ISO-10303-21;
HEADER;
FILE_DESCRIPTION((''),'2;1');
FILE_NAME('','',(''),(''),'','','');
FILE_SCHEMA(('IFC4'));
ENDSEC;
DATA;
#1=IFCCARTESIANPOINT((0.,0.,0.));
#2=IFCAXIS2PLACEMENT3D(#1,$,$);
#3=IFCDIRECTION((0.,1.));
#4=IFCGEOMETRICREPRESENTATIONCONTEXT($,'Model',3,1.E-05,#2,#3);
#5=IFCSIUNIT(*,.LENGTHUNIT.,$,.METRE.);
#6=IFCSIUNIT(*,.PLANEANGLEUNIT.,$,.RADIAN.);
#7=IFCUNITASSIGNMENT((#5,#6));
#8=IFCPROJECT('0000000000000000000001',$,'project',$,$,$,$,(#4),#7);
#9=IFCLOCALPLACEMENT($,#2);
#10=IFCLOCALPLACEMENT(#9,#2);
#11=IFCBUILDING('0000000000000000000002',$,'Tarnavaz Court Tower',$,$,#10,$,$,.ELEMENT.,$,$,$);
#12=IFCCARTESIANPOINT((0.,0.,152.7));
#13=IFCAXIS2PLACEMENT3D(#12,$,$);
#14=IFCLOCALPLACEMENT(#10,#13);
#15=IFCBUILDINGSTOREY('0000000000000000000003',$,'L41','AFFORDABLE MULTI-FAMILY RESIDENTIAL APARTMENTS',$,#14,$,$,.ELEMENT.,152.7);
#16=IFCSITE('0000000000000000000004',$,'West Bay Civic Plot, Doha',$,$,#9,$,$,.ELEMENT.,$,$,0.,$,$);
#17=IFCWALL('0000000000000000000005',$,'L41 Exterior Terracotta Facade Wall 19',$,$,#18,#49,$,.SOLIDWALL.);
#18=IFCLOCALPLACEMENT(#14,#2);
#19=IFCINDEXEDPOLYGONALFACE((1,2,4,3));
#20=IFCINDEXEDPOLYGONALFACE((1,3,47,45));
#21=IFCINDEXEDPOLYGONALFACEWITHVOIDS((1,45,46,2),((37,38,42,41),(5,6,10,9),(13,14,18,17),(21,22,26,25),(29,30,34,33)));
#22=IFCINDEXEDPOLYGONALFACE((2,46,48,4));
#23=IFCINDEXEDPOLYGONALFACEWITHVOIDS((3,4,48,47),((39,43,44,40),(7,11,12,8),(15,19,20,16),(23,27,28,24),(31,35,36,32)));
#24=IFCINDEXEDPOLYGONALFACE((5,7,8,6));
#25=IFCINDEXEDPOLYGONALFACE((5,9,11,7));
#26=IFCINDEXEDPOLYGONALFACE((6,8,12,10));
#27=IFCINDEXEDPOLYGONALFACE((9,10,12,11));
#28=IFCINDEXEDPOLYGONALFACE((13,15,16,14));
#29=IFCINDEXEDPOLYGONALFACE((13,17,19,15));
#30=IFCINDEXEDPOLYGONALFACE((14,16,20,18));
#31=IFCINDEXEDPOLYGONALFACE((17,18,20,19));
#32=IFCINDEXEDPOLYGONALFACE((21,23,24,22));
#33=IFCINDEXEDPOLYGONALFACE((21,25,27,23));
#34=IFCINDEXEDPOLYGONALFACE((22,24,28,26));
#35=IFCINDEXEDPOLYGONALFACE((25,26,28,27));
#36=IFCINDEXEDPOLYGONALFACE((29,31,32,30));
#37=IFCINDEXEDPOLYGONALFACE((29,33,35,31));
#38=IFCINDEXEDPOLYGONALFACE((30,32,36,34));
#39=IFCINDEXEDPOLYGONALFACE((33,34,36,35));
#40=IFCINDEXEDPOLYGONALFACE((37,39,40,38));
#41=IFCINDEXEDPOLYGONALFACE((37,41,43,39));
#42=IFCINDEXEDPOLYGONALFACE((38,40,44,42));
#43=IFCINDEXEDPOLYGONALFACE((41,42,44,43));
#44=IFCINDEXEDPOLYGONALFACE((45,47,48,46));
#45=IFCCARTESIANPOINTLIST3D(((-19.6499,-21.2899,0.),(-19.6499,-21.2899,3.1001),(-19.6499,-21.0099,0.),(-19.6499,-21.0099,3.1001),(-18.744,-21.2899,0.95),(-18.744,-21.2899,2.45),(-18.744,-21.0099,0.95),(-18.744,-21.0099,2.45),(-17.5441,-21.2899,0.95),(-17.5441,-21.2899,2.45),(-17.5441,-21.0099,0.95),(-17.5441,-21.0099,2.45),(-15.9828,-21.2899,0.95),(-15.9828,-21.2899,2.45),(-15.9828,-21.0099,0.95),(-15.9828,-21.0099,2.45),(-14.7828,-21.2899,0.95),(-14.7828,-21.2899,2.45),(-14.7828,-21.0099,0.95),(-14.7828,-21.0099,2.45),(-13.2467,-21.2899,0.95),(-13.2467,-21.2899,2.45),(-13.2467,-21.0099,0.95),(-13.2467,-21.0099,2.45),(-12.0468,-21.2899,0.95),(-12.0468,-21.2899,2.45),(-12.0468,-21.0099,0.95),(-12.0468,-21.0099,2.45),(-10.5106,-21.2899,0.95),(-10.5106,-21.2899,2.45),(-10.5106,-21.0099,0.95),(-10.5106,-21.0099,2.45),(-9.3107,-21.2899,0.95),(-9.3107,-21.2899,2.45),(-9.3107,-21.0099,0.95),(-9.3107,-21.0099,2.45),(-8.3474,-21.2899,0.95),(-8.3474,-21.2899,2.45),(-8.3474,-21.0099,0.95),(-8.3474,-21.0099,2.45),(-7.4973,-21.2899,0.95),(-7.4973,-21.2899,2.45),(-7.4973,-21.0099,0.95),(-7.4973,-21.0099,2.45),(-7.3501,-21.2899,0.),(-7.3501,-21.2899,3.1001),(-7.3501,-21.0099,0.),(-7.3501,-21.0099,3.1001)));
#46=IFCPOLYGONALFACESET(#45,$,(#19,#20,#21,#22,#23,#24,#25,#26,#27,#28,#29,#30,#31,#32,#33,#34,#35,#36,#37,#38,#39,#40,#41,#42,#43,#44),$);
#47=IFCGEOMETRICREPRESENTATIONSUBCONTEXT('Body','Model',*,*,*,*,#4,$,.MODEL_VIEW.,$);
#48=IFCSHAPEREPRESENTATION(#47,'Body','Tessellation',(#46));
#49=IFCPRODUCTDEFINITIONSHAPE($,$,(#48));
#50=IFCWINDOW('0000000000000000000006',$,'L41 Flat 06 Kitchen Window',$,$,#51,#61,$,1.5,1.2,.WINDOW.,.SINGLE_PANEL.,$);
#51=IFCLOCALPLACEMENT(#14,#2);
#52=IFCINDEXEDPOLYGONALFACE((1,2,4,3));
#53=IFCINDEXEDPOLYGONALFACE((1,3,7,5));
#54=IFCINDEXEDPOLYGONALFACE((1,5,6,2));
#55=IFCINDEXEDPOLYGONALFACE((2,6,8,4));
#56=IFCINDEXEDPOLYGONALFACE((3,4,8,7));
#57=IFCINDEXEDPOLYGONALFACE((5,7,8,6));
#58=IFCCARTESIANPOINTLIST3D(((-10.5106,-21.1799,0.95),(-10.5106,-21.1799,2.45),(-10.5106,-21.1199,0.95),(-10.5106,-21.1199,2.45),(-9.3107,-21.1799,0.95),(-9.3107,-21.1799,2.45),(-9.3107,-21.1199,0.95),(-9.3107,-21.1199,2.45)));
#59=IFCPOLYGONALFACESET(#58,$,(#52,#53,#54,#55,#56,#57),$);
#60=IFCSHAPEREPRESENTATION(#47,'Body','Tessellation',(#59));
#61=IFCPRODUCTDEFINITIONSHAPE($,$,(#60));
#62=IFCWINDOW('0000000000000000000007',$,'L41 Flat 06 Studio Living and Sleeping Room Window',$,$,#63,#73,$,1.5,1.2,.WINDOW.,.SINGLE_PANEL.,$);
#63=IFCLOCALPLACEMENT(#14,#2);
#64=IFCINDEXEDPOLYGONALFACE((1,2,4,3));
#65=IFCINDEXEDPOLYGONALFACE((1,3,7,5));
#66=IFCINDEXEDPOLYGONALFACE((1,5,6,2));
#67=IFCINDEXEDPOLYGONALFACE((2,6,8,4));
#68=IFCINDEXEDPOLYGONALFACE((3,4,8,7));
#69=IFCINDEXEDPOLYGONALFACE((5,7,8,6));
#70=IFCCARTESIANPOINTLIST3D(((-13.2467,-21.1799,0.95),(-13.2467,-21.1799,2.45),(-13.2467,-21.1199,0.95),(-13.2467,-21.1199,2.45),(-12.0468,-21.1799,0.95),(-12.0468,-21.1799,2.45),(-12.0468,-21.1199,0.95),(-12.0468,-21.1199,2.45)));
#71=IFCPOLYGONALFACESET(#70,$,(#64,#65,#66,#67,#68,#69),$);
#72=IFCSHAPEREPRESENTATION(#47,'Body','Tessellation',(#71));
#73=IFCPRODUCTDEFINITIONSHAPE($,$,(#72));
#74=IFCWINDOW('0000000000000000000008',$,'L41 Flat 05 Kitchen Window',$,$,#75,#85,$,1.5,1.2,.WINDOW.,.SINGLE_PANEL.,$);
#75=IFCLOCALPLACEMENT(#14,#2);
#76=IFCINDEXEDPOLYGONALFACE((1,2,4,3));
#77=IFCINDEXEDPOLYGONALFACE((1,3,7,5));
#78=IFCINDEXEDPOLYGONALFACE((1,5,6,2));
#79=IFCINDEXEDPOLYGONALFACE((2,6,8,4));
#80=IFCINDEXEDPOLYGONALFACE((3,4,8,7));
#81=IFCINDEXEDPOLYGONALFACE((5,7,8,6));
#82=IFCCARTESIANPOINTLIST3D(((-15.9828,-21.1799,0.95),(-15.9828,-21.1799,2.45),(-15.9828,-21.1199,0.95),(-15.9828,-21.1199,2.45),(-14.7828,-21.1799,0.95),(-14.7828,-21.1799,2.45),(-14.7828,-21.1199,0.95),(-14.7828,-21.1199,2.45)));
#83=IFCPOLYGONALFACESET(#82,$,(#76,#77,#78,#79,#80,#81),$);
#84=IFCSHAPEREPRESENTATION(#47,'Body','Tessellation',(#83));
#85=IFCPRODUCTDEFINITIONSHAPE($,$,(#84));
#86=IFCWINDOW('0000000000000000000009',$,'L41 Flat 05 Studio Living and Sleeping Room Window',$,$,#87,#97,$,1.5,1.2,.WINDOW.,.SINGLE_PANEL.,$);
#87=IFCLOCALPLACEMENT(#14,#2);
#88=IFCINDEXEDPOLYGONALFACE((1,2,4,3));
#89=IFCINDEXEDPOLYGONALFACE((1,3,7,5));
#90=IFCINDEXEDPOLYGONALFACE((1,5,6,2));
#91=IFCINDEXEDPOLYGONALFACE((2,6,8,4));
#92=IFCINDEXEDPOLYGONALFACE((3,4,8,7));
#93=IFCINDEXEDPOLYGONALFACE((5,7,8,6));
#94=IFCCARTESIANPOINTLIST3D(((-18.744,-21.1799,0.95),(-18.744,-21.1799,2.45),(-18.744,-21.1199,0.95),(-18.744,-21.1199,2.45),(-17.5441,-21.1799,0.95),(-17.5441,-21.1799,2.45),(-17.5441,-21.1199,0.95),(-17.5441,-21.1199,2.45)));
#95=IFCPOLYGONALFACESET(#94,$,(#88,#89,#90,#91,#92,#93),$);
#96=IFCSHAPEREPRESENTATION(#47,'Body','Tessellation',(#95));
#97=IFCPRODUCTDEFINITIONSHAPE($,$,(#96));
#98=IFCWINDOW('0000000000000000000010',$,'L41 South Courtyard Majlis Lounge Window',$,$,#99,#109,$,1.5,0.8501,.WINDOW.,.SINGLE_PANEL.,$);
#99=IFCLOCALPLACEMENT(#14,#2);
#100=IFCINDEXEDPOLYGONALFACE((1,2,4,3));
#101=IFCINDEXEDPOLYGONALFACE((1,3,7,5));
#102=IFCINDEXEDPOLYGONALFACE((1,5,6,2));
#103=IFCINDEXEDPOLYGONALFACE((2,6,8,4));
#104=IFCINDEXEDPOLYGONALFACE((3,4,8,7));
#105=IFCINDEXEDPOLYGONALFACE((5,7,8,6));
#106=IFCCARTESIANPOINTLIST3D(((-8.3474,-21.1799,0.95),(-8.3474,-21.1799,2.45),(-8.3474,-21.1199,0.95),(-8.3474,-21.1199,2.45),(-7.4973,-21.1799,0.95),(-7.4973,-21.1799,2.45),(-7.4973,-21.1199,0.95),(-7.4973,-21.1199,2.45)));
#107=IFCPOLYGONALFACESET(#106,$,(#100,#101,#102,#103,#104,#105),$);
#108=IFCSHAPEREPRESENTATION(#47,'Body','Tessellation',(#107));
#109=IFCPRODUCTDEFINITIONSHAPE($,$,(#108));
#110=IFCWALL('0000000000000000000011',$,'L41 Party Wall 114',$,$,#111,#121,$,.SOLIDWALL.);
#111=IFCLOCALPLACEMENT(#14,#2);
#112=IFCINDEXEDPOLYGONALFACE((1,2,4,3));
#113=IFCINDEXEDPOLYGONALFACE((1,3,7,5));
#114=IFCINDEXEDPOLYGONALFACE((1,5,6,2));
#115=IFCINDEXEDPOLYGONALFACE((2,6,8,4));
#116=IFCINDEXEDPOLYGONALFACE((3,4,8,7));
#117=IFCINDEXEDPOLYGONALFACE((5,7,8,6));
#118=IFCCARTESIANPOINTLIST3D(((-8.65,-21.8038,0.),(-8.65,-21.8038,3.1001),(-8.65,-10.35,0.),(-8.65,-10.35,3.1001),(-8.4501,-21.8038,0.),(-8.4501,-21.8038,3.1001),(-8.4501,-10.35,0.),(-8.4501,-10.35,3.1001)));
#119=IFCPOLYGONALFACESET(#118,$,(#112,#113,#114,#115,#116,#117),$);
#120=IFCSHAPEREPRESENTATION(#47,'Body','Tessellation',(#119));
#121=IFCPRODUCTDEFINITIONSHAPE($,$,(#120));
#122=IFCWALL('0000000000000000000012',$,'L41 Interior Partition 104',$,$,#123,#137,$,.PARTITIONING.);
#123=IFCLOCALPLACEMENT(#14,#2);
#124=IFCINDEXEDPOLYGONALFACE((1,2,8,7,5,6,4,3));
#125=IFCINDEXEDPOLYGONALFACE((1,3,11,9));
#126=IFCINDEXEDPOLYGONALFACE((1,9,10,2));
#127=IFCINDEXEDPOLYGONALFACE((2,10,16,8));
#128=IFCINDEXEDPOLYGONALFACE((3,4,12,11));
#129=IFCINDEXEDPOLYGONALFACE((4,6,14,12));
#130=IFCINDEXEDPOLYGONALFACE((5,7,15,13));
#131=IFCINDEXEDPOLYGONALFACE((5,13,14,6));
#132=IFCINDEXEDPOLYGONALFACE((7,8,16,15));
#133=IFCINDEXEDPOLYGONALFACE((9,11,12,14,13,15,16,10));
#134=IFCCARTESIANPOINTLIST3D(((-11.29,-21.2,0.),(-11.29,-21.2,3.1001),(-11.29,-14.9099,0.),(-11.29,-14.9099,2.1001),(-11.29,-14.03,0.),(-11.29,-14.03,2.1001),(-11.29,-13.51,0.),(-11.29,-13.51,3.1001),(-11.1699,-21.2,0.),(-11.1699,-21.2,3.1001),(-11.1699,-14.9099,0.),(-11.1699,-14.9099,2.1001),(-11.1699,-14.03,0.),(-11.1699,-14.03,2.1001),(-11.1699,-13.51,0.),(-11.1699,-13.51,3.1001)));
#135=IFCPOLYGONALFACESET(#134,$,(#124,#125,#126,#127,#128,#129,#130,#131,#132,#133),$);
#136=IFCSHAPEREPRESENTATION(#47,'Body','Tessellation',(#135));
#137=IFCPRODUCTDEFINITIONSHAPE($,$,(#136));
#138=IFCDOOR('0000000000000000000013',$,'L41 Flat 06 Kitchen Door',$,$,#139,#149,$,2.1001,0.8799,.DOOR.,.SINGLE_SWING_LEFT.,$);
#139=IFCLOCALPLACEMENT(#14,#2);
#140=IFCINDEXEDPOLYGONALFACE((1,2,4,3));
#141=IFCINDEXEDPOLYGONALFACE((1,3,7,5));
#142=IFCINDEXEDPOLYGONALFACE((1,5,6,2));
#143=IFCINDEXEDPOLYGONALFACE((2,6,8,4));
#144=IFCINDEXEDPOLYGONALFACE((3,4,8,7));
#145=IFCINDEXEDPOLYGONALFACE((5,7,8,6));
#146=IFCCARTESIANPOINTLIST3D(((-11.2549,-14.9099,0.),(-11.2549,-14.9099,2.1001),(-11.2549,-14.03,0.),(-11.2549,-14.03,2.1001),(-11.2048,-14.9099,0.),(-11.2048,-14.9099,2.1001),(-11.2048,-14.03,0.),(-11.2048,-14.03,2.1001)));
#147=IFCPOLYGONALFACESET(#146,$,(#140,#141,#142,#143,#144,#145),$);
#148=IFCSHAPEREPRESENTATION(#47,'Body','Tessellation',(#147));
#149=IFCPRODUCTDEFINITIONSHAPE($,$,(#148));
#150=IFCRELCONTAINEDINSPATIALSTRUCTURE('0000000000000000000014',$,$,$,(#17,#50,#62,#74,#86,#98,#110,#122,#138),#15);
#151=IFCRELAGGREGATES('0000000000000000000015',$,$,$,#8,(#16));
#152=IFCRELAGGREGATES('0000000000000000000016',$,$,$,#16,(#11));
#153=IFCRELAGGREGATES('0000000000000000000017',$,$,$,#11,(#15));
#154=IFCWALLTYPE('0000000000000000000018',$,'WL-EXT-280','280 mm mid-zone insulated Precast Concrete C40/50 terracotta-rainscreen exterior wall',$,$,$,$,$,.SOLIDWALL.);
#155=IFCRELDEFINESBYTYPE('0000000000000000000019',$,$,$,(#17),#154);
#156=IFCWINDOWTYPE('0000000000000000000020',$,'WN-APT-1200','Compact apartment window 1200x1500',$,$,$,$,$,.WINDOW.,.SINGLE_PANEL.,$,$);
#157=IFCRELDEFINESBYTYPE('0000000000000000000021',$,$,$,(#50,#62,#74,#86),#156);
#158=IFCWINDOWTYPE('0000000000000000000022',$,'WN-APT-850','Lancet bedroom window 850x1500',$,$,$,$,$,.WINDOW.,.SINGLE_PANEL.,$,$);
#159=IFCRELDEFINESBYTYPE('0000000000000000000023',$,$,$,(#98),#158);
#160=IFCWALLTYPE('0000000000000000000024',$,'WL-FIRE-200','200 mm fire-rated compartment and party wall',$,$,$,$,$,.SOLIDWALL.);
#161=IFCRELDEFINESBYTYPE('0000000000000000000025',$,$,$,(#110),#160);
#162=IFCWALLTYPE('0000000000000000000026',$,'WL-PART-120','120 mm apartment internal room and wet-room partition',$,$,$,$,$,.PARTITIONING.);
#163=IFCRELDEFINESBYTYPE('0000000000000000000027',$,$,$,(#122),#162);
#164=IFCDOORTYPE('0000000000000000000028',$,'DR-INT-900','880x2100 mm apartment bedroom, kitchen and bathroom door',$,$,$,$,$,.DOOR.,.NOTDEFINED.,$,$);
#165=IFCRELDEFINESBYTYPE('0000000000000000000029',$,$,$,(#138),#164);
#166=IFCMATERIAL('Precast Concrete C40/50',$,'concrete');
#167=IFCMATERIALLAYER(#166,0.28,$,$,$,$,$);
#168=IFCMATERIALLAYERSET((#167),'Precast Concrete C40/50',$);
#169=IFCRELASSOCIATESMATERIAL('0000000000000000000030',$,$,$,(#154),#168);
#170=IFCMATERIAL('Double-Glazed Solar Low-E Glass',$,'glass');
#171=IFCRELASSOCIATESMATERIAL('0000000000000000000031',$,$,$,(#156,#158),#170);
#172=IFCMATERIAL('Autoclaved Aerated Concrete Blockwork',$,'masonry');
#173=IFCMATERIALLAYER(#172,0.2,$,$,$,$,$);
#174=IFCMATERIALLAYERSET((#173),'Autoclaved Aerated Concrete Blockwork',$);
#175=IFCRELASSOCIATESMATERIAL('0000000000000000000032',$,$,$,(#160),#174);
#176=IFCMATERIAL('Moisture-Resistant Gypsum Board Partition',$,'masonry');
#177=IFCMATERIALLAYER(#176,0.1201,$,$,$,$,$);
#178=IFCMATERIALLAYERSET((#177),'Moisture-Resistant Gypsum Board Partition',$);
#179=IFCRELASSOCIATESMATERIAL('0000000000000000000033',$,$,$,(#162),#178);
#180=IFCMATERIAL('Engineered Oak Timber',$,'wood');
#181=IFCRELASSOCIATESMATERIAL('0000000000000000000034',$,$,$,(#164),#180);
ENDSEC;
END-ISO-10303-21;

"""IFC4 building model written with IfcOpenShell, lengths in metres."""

from ifc_helpers import new_model, si_unit, direction, frame, frame_2d, origin, place, context, subcontext, project, spatial, rectangle, extrude, material, layer, layer_set, type_object, element, fill, save


model = new_model("IFC4")

# Units and contexts
model_context = context("Model", 3, precision=1e-05, world=origin(), true_north=direction((0.0, 1.0)))
body_context = subcontext(model_context, "Body", "Model", "MODEL_VIEW")
ifc_project = project(units=[si_unit("LENGTHUNIT", "METRE"), si_unit("PLANEANGLEUNIT", "RADIAN")], contexts=[model_context])

# Site, building, storey
site_placement = place(None, origin())
site = spatial("IfcSite", under=ifc_project, at=site_placement, Name="West Bay Civic Plot, Doha", CompositionType="ELEMENT", RefElevation=0.0)
building_placement = place(site_placement, origin())
building = spatial("IfcBuilding", under=site, at=building_placement, Name="Tarnavaz Court Tower", CompositionType="ELEMENT")
storey_placement = place(building_placement, frame((0.0, 0.0, 152.7)))
storey = spatial("IfcBuildingStorey", under=building, at=storey_placement, Name="L41", Description="AFFORDABLE MULTI-FAMILY RESIDENTIAL APARTMENTS", CompositionType="ELEMENT", Elevation=152.7)

# Shared definitions
ifc_material_1 = material(Name="Double-Glazed Solar Low-E Glass", Category="glass")

# Shared definitions
ifc_material_2 = material(Name="Precast Concrete C40/50", Category="concrete")
ifc_layer_1 = layer(ifc_material_2, 0.28)
ifc_layer_set_1 = layer_set([ifc_layer_1], Name="Precast Concrete C40/50")
wall_type_1 = type_object("IfcWallType", Name="WL-EXT-280", Description="280 mm mid-zone insulated Precast Concrete C40/50 terracotta-rainscreen exterior wall", PredefinedType="SOLIDWALL", material=ifc_layer_set_1)
window_type_1 = type_object("IfcWindowType", Name="WN-APT-1200", Description="Compact apartment window 1200x1500", PartitioningType="SINGLE_PANEL", PredefinedType="WINDOW", material=ifc_material_1)

# Wall, openings, windows
wall_1_placement = place(storey_placement, frame((-7.3501, -21.1499, 0.0), z_axis=(0.0, 0.0, 1.0), x_axis=(-1.0, 0.0, 0.0)))
wall_1 = element("IfcWall", 1, at=wall_1_placement, inside=storey, type_object=wall_type_1, Name="L41 Exterior Terracotta Facade Wall 19", PredefinedType="SOLIDWALL", context=body_context, shape_type="SweptSolid", body=[
    extrude(rectangle(XDim=12.2998, YDim=0.28, at=frame_2d((6.1499, 0.0))), origin(), (0.0, 0.0, 1.0), 3.1001),
])
opening_1_placement = place(wall_1_placement, frame((0.1472, 0.0, 0.95)))
opening_1 = element("IfcOpeningElement", 2, at=opening_1_placement, cuts=wall_1, PredefinedType="OPENING", context=body_context, shape_type="SweptSolid", body=[
    extrude(rectangle(XDim=0.8501, YDim=1.5, at=frame_2d((0.425, 0.75))), frame((0.0, 0.1499, 0.0), z_axis=(0.0, -1.0, 0.0), x_axis=(1.0, 0.0, 0.0)), (0.0, 0.0, 1.0), 0.3),
])
opening_2_placement = place(wall_1_placement, frame((1.9604, 0.0, 0.95)))
opening_2 = element("IfcOpeningElement", 3, at=opening_2_placement, cuts=wall_1, PredefinedType="OPENING", context=body_context, shape_type="SweptSolid", body=[
    extrude(rectangle(XDim=1.2, YDim=1.5, at=frame_2d((0.6001, 0.75))), frame((0.0, 0.1499, 0.0), z_axis=(0.0, -1.0, 0.0), x_axis=(1.0, 0.0, 0.0)), (0.0, 0.0, 1.0), 0.3),
])
opening_3_placement = place(wall_1_placement, frame((4.6965, 0.0, 0.95)))
opening_3 = element("IfcOpeningElement", 4, at=opening_3_placement, cuts=wall_1, PredefinedType="OPENING", context=body_context, shape_type="SweptSolid", body=[
    extrude(rectangle(XDim=1.2, YDim=1.5, at=frame_2d((0.6001, 0.75))), frame((0.0, 0.1499, 0.0), z_axis=(0.0, -1.0, 0.0), x_axis=(1.0, 0.0, 0.0)), (0.0, 0.0, 1.0), 0.3),
])
opening_4_placement = place(wall_1_placement, frame((7.4326, 0.0, 0.95)))
opening_4 = element("IfcOpeningElement", 5, at=opening_4_placement, cuts=wall_1, PredefinedType="OPENING", context=body_context, shape_type="SweptSolid", body=[
    extrude(rectangle(XDim=1.2, YDim=1.5, at=frame_2d((0.6001, 0.75))), frame((0.0, 0.1499, 0.0), z_axis=(0.0, -1.0, 0.0), x_axis=(1.0, 0.0, 0.0)), (0.0, 0.0, 1.0), 0.3),
])
opening_5_placement = place(wall_1_placement, frame((10.1938, 0.0, 0.95)))
opening_5 = element("IfcOpeningElement", 6, at=opening_5_placement, cuts=wall_1, PredefinedType="OPENING", context=body_context, shape_type="SweptSolid", body=[
    extrude(rectangle(XDim=1.2, YDim=1.5, at=frame_2d((0.6001, 0.75))), frame((0.0, 0.1499, 0.0), z_axis=(0.0, -1.0, 0.0), x_axis=(1.0, 0.0, 0.0)), (0.0, 0.0, 1.0), 0.3),
])
window_1_placement = place(opening_2_placement, origin())
window_1 = element("IfcWindow", 7, at=window_1_placement, inside=storey, type_object=window_type_1, Name="L41 Flat 06 Kitchen Window", OverallHeight=1.5, OverallWidth=1.2, PartitioningType="SINGLE_PANEL", PredefinedType="WINDOW", context=body_context, shape_type="SweptSolid", body=[
    extrude(rectangle(XDim=1.2, YDim=1.5, at=frame_2d((0.6001, 0.75))), frame((0.0, 0.03, 0.0), z_axis=(0.0, -1.0, 0.0), x_axis=(1.0, 0.0, 0.0)), (0.0, 0.0, 1.0), 0.0601),
])
fill(opening_2, window_1)
window_2_placement = place(opening_3_placement, origin())
window_2 = element("IfcWindow", 8, at=window_2_placement, inside=storey, type_object=window_type_1, Name="L41 Flat 06 Studio Living and Sleeping Room Window", OverallHeight=1.5, OverallWidth=1.2, PartitioningType="SINGLE_PANEL", PredefinedType="WINDOW", context=body_context, shape_type="SweptSolid", body=[
    extrude(rectangle(XDim=1.2, YDim=1.5, at=frame_2d((0.6001, 0.75))), frame((0.0, 0.03, 0.0), z_axis=(0.0, -1.0, 0.0), x_axis=(1.0, 0.0, 0.0)), (0.0, 0.0, 1.0), 0.0601),
])
fill(opening_3, window_2)
window_3_placement = place(opening_4_placement, origin())
window_3 = element("IfcWindow", 9, at=window_3_placement, inside=storey, type_object=window_type_1, Name="L41 Flat 05 Kitchen Window", OverallHeight=1.5, OverallWidth=1.2, PartitioningType="SINGLE_PANEL", PredefinedType="WINDOW", context=body_context, shape_type="SweptSolid", body=[
    extrude(rectangle(XDim=1.2, YDim=1.5, at=frame_2d((0.6001, 0.75))), frame((0.0, 0.03, 0.0), z_axis=(0.0, -1.0, 0.0), x_axis=(1.0, 0.0, 0.0)), (0.0, 0.0, 1.0), 0.0601),
])
fill(opening_4, window_3)
window_4_placement = place(opening_5_placement, origin())
window_4 = element("IfcWindow", 10, at=window_4_placement, inside=storey, type_object=window_type_1, Name="L41 Flat 05 Studio Living and Sleeping Room Window", OverallHeight=1.5, OverallWidth=1.2, PartitioningType="SINGLE_PANEL", PredefinedType="WINDOW", context=body_context, shape_type="SweptSolid", body=[
    extrude(rectangle(XDim=1.2, YDim=1.5, at=frame_2d((0.6001, 0.75))), frame((0.0, 0.03, 0.0), z_axis=(0.0, -1.0, 0.0), x_axis=(1.0, 0.0, 0.0)), (0.0, 0.0, 1.0), 0.0601),
])
fill(opening_5, window_4)
window_type_2 = type_object("IfcWindowType", Name="WN-APT-850", Description="Lancet bedroom window 850x1500", PartitioningType="SINGLE_PANEL", PredefinedType="WINDOW", material=ifc_material_1)
window_5_placement = place(opening_1_placement, origin())
window_5 = element("IfcWindow", 11, at=window_5_placement, inside=storey, type_object=window_type_2, Name="L41 South Courtyard Majlis Lounge Window", OverallHeight=1.5, OverallWidth=0.8501, PartitioningType="SINGLE_PANEL", PredefinedType="WINDOW", context=body_context, shape_type="SweptSolid", body=[
    extrude(rectangle(XDim=0.8501, YDim=1.5, at=frame_2d((0.425, 0.75))), frame((0.0, 0.03, 0.0), z_axis=(0.0, -1.0, 0.0), x_axis=(1.0, 0.0, 0.0)), (0.0, 0.0, 1.0), 0.0601),
])
fill(opening_1, window_5)

# Wall
ifc_material_3 = material(Name="Autoclaved Aerated Concrete Blockwork", Category="masonry")
ifc_layer_2 = layer(ifc_material_3, 0.2)
ifc_layer_set_2 = layer_set([ifc_layer_2], Name="Autoclaved Aerated Concrete Blockwork")
wall_type_2 = type_object("IfcWallType", Name="WL-FIRE-200", Description="200 mm fire-rated compartment and party wall", PredefinedType="SOLIDWALL", material=ifc_layer_set_2)
wall_2_placement = place(storey_placement, frame((-8.55, -21.804, 0.0), z_axis=(0.0, 0.0, 1.0), x_axis=(0.0, 1.0, 0.0)))
element("IfcWall", 12, at=wall_2_placement, inside=storey, type_object=wall_type_2, Name="L41 Party Wall 114", PredefinedType="SOLIDWALL", context=body_context, shape_type="SweptSolid", body=[
    extrude(rectangle(XDim=11.4539, YDim=0.2, at=frame_2d((5.7271, 0.0))), origin(), (0.0, 0.0, 1.0), 3.1001),
])

# Wall, opening, door
ifc_material_4 = material(Name="Moisture-Resistant Gypsum Board Partition", Category="masonry")
ifc_layer_3 = layer(ifc_material_4, 0.1201)
ifc_layer_set_3 = layer_set([ifc_layer_3], Name="Moisture-Resistant Gypsum Board Partition")
wall_type_3 = type_object("IfcWallType", Name="WL-PART-120", Description="120 mm apartment internal room and wet-room partition", PredefinedType="PARTITIONING", material=ifc_layer_set_3)
wall_3_placement = place(storey_placement, frame((-11.23, -21.2, 0.0), z_axis=(0.0, 0.0, 1.0), x_axis=(0.0, 1.0, 0.0)))
wall_3 = element("IfcWall", 13, at=wall_3_placement, inside=storey, type_object=wall_type_3, Name="L41 Interior Partition 104", PredefinedType="PARTITIONING", context=body_context, shape_type="SweptSolid", body=[
    extrude(rectangle(XDim=7.6899, YDim=0.1201, at=frame_2d((3.845, 0.0))), origin(), (0.0, 0.0, 1.0), 3.1001),
])
opening_6_placement = place(wall_3_placement, frame((6.29, 0.0, 0.0)))
opening_6 = element("IfcOpeningElement", 14, at=opening_6_placement, cuts=wall_3, PredefinedType="OPENING", context=body_context, shape_type="SweptSolid", body=[
    extrude(rectangle(XDim=0.8799, YDim=2.1001, at=frame_2d((0.4399, 1.05))), frame((0.0, 0.0701, 0.0), z_axis=(0.0, -1.0, 0.0), x_axis=(1.0, 0.0, 0.0)), (0.0, 0.0, 1.0), 0.1401),
])
ifc_material_5 = material(Name="Engineered Oak Timber", Category="wood")
door_type = type_object("IfcDoorType", Name="DR-INT-900", Description="880x2100 mm apartment bedroom, kitchen and bathroom door", OperationType="NOTDEFINED", PredefinedType="DOOR", material=ifc_material_5)
door_1_placement = place(opening_6_placement, origin())
door_1 = element("IfcDoor", 15, at=door_1_placement, inside=storey, type_object=door_type, Name="L41 Flat 06 Kitchen Door", OperationType="SINGLE_SWING_LEFT", OverallHeight=2.1001, OverallWidth=0.8799, PredefinedType="DOOR", context=body_context, shape_type="SweptSolid", body=[
    extrude(rectangle(XDim=0.8799, YDim=2.1001, at=frame_2d((0.4399, 1.05))), frame((0.0, 0.0249, 0.0), z_axis=(0.0, -1.0, 0.0), x_axis=(1.0, 0.0, 0.0)), (0.0, 0.0, 1.0), 0.05),
])
fill(opening_6, door_1)

save(model, "model.ifc")
